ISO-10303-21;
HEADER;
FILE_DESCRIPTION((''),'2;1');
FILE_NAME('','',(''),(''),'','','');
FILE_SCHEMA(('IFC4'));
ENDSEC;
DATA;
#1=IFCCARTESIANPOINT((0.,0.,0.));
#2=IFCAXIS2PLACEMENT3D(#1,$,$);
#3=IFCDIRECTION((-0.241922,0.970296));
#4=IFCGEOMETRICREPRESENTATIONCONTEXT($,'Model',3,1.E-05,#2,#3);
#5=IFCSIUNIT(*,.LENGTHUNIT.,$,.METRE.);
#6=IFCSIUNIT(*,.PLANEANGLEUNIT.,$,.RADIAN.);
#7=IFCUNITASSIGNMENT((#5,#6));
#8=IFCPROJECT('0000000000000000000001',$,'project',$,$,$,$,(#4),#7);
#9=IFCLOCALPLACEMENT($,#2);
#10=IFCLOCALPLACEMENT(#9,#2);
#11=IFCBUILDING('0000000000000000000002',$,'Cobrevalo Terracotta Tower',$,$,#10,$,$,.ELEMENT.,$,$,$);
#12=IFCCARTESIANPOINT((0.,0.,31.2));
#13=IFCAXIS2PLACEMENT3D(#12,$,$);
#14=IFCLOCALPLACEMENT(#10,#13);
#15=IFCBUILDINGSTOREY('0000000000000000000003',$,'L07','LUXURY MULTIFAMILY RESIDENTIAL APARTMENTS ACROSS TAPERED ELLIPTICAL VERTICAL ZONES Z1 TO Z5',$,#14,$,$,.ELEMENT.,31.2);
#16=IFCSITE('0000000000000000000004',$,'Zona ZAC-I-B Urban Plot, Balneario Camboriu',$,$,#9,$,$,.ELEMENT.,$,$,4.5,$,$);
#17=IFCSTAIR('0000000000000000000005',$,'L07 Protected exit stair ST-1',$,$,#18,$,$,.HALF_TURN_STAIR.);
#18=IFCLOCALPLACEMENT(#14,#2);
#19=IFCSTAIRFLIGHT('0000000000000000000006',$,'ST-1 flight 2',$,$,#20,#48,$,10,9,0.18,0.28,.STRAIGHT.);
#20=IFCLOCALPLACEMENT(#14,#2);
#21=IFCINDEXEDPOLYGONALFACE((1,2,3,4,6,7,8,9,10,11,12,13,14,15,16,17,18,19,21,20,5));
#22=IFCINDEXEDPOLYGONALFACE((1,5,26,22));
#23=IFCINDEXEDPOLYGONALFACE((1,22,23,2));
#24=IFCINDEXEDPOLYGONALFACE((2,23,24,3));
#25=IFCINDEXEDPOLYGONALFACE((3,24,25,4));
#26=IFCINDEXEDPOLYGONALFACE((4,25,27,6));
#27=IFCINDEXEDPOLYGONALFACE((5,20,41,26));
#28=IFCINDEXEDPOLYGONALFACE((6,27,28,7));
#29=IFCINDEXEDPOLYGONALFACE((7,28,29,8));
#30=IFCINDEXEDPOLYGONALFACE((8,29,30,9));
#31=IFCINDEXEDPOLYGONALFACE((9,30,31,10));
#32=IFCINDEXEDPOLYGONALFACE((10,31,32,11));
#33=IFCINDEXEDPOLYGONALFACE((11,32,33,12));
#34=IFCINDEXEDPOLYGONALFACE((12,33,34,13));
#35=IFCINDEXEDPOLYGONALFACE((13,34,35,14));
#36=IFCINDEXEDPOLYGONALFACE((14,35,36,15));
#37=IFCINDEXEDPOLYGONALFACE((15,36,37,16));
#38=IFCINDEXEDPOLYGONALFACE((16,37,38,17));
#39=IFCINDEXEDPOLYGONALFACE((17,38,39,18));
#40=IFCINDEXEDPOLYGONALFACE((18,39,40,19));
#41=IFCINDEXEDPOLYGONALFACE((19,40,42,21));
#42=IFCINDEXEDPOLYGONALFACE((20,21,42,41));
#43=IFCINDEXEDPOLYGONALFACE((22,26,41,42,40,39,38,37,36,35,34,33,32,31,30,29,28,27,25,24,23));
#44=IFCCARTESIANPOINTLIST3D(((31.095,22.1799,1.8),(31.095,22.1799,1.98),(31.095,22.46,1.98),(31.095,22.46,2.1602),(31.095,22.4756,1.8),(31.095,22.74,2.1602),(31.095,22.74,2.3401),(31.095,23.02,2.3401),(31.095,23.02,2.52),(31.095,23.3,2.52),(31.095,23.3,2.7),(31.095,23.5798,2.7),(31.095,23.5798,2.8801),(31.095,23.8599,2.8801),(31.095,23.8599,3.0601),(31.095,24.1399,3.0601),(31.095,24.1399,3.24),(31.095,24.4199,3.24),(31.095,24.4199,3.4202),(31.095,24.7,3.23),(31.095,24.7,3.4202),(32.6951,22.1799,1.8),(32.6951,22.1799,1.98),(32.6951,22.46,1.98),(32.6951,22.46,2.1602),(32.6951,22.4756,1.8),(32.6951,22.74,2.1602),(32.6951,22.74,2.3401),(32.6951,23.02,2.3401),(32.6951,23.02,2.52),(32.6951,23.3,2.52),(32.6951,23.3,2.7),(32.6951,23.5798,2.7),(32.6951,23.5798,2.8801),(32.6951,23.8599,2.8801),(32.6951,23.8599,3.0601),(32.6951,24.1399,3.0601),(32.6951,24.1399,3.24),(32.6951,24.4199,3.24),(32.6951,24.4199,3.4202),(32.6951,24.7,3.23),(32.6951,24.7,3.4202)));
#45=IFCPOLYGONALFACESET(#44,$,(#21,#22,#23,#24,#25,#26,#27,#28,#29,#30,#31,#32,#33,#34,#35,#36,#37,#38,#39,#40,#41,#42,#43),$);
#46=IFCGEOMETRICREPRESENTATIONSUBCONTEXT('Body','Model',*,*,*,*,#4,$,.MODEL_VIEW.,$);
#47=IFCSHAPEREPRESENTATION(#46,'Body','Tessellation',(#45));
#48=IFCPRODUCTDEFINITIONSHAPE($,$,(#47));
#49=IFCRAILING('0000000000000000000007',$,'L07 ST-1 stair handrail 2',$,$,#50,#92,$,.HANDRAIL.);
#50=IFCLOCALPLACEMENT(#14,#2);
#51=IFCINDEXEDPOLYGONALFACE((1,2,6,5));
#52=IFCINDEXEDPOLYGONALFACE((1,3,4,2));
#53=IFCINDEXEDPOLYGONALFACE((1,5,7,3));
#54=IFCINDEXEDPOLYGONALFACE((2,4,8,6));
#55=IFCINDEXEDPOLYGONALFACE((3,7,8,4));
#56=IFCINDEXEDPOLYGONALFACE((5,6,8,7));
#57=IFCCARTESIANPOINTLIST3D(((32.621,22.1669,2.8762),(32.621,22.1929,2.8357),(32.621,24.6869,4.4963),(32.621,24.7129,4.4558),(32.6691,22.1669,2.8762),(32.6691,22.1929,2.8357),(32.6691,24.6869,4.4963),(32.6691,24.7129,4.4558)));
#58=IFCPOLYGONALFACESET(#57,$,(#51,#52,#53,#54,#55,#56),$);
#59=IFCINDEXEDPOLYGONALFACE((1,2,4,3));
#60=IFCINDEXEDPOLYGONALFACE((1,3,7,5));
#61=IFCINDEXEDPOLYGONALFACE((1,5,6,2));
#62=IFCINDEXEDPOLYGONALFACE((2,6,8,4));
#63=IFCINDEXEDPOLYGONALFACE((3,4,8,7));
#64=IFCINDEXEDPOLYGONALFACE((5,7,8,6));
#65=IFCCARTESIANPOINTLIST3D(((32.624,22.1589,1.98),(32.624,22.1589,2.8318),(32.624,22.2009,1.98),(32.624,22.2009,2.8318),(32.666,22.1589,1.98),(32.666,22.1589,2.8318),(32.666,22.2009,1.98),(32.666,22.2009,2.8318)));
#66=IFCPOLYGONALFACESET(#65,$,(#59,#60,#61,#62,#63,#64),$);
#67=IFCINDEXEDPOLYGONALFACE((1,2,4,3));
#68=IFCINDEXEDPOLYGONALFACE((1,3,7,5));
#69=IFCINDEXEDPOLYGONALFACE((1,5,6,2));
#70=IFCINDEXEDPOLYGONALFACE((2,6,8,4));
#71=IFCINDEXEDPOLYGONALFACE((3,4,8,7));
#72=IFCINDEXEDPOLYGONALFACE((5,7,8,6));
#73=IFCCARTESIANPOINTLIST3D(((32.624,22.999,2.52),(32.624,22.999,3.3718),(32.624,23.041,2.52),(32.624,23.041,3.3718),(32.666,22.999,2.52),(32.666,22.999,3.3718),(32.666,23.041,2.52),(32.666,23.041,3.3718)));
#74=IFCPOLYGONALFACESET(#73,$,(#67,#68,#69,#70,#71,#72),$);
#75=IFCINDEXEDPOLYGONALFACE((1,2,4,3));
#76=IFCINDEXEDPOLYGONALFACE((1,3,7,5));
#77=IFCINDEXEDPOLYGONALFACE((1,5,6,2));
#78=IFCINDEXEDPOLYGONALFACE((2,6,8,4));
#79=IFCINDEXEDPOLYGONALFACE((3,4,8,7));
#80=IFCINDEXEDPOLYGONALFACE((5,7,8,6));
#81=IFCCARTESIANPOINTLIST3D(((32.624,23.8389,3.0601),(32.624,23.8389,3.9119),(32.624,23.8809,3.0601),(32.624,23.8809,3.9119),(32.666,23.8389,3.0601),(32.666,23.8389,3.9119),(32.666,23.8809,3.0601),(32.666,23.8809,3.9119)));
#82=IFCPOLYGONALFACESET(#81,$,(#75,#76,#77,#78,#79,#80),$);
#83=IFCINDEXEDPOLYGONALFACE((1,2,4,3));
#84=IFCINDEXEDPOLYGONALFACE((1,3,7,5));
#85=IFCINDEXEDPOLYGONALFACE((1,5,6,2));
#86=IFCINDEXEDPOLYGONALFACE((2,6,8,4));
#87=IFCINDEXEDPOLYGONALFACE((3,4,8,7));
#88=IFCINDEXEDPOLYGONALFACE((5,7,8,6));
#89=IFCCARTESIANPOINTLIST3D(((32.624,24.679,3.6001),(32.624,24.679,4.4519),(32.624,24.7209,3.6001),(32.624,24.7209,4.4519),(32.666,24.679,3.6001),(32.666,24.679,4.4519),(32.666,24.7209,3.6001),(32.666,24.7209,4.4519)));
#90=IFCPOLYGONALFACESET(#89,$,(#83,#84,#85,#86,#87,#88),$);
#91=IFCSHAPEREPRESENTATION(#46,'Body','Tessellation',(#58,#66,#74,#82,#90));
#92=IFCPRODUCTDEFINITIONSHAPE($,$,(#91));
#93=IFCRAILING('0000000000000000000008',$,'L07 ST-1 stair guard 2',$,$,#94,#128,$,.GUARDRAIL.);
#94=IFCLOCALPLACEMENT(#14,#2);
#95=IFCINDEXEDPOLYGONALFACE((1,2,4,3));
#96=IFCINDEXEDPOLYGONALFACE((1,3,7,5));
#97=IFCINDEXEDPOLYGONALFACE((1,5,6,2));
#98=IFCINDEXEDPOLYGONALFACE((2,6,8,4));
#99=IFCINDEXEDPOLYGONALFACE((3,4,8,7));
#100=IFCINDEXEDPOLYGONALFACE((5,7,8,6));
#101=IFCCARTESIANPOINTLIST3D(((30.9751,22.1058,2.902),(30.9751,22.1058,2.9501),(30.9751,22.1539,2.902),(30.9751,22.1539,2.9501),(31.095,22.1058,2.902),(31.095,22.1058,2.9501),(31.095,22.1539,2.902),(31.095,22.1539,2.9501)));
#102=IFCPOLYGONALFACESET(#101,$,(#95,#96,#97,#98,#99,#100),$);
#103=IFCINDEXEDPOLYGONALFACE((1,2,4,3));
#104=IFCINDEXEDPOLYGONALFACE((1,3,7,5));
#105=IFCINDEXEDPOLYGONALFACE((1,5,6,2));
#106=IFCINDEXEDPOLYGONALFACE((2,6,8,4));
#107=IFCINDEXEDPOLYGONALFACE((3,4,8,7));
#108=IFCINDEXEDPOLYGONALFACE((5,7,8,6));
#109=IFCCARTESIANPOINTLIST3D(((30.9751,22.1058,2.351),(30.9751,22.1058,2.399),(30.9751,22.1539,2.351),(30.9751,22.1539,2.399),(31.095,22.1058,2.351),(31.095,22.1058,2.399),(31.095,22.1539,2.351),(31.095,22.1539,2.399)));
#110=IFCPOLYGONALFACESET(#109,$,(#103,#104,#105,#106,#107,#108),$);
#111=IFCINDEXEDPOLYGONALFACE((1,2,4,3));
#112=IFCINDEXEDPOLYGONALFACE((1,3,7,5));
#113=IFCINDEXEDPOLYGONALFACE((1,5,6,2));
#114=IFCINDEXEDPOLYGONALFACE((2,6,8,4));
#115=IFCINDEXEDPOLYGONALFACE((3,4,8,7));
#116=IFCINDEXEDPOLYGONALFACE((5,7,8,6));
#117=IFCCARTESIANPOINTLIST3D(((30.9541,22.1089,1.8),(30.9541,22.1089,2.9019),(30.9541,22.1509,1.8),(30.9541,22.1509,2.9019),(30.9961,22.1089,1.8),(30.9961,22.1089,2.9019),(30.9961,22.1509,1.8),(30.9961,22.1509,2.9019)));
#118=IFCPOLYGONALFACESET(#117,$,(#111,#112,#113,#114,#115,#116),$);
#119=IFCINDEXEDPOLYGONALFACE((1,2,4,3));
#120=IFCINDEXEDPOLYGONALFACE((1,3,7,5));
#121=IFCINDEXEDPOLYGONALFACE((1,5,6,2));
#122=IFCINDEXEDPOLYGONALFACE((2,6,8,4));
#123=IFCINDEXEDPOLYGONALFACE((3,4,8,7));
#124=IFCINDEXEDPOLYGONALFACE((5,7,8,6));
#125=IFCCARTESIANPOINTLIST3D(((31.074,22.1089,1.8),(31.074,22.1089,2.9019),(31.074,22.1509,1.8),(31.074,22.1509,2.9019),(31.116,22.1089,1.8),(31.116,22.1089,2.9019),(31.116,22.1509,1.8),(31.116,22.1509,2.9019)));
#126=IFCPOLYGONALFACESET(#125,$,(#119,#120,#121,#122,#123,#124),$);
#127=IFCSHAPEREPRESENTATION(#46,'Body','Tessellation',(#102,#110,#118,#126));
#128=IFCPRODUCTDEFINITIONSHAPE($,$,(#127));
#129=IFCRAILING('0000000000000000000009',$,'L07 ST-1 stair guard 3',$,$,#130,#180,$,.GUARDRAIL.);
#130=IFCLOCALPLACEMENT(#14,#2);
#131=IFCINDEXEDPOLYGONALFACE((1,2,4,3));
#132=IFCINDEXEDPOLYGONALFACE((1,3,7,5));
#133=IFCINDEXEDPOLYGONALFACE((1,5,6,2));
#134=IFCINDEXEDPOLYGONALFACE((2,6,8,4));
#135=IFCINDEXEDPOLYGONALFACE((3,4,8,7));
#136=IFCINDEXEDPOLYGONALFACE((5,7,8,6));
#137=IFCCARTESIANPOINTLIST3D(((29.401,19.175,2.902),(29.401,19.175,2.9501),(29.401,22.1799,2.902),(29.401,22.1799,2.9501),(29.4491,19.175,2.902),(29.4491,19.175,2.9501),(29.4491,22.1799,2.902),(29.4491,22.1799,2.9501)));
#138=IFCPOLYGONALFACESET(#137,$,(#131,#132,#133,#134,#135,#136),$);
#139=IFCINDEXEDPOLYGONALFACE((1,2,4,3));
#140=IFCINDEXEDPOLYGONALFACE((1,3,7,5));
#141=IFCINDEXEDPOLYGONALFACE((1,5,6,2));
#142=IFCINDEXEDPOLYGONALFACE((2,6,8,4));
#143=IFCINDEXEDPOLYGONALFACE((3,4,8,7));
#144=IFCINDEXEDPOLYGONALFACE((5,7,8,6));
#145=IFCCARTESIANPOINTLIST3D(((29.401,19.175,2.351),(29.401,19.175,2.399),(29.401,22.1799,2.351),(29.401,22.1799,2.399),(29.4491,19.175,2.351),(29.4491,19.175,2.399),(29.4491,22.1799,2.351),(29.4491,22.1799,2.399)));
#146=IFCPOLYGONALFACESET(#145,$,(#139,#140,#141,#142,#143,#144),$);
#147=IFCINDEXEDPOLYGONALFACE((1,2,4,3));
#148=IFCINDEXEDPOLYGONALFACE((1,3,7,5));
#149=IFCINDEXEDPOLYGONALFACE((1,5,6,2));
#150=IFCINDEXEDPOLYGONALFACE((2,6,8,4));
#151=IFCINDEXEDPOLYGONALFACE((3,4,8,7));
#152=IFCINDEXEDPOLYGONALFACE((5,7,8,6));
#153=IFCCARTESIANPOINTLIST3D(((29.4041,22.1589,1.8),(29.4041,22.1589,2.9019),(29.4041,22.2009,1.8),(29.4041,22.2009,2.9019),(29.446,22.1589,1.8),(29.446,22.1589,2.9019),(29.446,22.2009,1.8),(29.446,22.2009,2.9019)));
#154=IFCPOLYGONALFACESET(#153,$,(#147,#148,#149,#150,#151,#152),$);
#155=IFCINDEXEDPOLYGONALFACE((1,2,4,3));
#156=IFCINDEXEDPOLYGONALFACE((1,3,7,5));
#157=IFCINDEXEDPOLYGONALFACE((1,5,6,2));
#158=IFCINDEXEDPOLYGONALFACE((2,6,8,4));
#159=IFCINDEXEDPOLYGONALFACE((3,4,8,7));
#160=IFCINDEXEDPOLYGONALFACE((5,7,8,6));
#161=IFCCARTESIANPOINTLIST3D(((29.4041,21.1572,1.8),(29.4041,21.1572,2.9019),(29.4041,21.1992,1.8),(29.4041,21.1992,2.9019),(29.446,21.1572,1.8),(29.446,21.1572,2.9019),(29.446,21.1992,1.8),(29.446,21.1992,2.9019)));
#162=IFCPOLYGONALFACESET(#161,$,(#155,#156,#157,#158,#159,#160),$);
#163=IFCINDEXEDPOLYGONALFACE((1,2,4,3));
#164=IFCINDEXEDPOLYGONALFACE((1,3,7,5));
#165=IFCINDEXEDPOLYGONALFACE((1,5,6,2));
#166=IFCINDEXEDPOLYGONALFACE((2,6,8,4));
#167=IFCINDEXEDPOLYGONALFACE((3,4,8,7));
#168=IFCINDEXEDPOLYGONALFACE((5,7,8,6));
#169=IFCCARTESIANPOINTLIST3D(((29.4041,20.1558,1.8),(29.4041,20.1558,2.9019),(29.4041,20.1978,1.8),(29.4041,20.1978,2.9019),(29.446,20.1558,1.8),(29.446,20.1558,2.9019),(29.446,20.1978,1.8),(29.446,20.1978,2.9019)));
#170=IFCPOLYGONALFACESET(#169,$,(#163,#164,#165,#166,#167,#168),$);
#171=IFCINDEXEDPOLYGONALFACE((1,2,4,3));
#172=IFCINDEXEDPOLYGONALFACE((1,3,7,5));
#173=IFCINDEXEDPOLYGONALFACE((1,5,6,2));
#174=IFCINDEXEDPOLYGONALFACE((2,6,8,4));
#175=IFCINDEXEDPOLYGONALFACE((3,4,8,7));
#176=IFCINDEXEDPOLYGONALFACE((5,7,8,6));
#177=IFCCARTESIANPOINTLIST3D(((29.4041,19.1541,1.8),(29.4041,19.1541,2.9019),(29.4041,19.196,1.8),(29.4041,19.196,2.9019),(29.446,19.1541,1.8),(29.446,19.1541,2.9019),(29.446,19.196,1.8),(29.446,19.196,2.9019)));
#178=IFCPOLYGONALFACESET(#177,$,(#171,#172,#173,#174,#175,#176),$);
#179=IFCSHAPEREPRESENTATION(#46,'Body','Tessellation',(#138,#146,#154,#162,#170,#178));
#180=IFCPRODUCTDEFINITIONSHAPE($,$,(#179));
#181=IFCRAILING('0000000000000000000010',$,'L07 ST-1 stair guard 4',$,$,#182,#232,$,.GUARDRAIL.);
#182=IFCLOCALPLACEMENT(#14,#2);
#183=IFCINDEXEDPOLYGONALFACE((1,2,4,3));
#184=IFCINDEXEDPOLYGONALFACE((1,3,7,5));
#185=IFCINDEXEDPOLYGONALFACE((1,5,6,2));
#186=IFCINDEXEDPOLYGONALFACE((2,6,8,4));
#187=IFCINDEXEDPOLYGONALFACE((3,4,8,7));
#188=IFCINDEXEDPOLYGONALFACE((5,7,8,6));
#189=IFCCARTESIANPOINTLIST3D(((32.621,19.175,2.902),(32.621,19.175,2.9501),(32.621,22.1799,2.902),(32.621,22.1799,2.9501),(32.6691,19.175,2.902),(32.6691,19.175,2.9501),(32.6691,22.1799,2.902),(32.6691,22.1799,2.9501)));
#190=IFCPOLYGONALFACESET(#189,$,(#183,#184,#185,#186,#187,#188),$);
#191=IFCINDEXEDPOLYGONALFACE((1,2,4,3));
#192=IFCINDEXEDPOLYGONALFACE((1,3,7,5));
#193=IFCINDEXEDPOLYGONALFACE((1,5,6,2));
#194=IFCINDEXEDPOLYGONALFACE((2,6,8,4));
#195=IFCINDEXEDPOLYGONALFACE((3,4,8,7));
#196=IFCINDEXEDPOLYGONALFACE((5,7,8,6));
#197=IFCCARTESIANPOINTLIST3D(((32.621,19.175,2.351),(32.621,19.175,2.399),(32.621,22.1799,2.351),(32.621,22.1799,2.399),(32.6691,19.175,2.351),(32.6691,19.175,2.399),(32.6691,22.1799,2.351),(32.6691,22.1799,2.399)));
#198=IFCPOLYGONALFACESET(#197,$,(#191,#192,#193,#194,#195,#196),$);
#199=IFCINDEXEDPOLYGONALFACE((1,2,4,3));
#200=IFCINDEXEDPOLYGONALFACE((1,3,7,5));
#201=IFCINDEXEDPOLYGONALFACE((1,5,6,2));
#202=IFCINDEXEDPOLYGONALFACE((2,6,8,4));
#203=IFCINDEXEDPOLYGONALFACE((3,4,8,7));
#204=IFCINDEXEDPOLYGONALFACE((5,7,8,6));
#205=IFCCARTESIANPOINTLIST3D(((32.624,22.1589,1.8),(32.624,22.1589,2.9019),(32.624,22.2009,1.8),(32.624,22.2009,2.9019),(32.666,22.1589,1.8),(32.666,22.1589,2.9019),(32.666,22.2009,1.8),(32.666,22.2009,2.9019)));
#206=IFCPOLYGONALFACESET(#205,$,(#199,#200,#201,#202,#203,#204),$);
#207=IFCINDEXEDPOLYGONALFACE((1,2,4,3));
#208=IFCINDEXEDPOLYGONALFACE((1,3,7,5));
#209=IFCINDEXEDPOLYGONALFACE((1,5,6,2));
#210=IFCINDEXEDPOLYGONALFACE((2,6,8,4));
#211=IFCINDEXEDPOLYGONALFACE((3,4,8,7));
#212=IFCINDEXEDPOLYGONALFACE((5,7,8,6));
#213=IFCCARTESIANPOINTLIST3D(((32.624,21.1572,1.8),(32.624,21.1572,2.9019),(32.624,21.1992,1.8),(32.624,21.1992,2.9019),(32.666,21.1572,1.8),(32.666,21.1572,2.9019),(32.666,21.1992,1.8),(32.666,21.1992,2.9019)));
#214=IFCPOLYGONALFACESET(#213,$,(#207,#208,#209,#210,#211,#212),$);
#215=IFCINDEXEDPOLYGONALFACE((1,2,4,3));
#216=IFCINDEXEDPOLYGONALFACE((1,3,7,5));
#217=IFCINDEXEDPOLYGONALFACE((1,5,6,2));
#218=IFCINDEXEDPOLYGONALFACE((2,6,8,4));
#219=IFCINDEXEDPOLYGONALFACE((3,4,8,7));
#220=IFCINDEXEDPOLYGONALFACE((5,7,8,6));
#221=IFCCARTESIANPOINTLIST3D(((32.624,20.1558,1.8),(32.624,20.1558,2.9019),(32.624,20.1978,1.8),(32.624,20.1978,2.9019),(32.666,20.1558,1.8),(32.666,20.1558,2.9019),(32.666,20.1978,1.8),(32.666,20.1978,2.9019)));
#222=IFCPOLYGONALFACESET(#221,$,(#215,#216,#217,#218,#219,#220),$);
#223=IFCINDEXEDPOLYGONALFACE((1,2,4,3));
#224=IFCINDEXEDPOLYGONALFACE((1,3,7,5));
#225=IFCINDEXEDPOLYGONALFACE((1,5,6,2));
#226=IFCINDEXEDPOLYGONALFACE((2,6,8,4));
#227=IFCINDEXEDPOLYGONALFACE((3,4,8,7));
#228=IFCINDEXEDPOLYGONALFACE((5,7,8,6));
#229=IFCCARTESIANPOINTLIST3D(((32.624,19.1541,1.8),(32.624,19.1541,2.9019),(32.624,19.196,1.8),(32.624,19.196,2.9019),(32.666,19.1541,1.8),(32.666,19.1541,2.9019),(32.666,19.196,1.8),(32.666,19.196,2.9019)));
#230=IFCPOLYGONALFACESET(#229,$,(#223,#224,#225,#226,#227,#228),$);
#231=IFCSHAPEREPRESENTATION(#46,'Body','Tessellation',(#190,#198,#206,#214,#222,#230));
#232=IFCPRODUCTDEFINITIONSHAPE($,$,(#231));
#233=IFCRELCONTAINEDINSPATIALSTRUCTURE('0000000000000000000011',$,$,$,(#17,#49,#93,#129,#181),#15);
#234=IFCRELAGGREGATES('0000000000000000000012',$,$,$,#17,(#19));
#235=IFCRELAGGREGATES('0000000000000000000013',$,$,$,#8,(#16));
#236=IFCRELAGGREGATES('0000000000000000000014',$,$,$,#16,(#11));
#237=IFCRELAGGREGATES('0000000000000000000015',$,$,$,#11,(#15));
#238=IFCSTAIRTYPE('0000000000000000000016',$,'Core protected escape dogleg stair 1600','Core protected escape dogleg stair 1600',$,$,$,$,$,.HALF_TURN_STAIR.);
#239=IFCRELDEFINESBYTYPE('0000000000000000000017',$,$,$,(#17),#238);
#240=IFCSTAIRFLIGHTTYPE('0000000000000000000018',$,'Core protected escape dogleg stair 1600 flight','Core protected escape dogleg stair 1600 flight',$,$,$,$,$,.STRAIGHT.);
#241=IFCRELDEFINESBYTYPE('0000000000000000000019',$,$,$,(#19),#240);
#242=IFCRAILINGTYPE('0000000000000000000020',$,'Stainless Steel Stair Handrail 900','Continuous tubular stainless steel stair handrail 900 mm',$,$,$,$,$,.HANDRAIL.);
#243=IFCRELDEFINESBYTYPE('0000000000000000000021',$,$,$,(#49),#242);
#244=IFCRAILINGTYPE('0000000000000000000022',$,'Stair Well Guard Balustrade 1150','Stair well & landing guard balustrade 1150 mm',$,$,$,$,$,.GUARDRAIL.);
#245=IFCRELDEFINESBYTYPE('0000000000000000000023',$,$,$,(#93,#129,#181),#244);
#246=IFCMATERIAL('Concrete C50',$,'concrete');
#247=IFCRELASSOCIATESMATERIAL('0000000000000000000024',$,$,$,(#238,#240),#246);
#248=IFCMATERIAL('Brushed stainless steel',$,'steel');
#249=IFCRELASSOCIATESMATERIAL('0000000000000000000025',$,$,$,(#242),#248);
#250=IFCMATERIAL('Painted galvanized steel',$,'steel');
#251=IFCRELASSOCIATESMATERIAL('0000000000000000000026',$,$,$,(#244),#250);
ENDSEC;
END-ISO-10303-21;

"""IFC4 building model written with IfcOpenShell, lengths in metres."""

from ifc_helpers import new_model, si_unit, direction, frame, origin, origin_2d, place, context, subcontext, project, spatial, polyline, rectangle, outline, extrude, material, type_object, element, aggregate, save


model = new_model("IFC4")

# Units and contexts
model_context = context("Model", 3, precision=1e-05, world=origin(), true_north=direction((-0.241922, 0.970296)))
body_context = subcontext(model_context, "Body", "Model", "MODEL_VIEW")
ifc_project = project(units=[si_unit("LENGTHUNIT", "METRE"), si_unit("PLANEANGLEUNIT", "RADIAN")], contexts=[model_context])

# Site, building, storey
site_placement = place(None, origin())
site = spatial("IfcSite", under=ifc_project, at=site_placement, Name="Zona ZAC-I-B Urban Plot, Balneario Camboriu", CompositionType="ELEMENT", RefElevation=4.5)
building_placement = place(site_placement, origin())
building = spatial("IfcBuilding", under=site, at=building_placement, Name="Cobrevalo Terracotta Tower", CompositionType="ELEMENT")
storey_placement = place(building_placement, frame((0.0, 0.0, 31.2)))
storey = spatial("IfcBuildingStorey", under=building, at=storey_placement, Name="L07", Description="LUXURY MULTIFAMILY RESIDENTIAL APARTMENTS ACROSS TAPERED ELLIPTICAL VERTICAL ZONES Z1 TO Z5", CompositionType="ELEMENT", Elevation=31.2)

# Shared definitions
ifc_material_1 = material(Name="Concrete C50", Category="concrete")

# Stair, stair flight
stair_type = type_object("IfcStairType", Name="Core protected escape dogleg stair 1600", Description="Core protected escape dogleg stair 1600", PredefinedType="HALF_TURN_STAIR", material=ifc_material_1)
stair_placement = place(storey_placement, origin())
stair = element("IfcStair", 1, at=stair_placement, inside=storey, type_object=stair_type, Name="L07 Protected exit stair ST-1", PredefinedType="HALF_TURN_STAIR")
stair_flight_type = type_object("IfcStairFlightType", Name="Core protected escape dogleg stair 1600 flight", Description="Core protected escape dogleg stair 1600 flight", PredefinedType="STRAIGHT", material=ifc_material_1)
stair_flight_placement = place(storey_placement, frame((31.895, 22.1799, 1.8), z_axis=(0.0, 0.0, 1.0), x_axis=(0.0, 1.0, 0.0)))
stair_flight = element("IfcStairFlight", 2, at=stair_flight_placement, type_object=stair_flight_type, Name="ST-1 flight 2", NumberOfRisers=10, NumberOfTreads=9, PredefinedType="STRAIGHT", RiserHeight=0.18, TreadLength=0.28, context=body_context, shape_type="SweptSolid", body=[
    extrude(outline(polyline([(0.0, 0.0), (0.0, 0.1799), (0.28, 0.1799), (0.28, 0.3601), (0.5601, 0.3601), (0.5601, 0.54), (0.8401, 0.54), (0.8401, 0.72), (1.1201, 0.72), (1.1201, 0.8999), (1.3999, 0.8999), (1.3999, 1.0801), (1.6799, 1.0801), (1.6799, 1.26), (1.96, 1.26), (1.96, 1.4399), (2.24, 1.4399), (2.24, 1.6201), (2.52, 1.6201), (2.52, 1.8), (2.52, 1.4299), (0.2957, 0.0), (0.0, 0.0)])), frame((0.0, 0.8, 0.0), z_axis=(0.0, -1.0, 0.0), x_axis=(1.0, 0.0, 0.0)), (0.0, 0.0, 1.0), 1.6001),
])
aggregate(stair, [stair_flight])

# Railings
ifc_material_2 = material(Name="Brushed stainless steel", Category="steel")
railing_type_1 = type_object("IfcRailingType", Name="Stainless Steel Stair Handrail 900", Description="Continuous tubular stainless steel stair handrail 900 mm", PredefinedType="HANDRAIL", material=ifc_material_2)
railing_1_placement = place(storey_placement, frame((32.645, 22.1799, 1.98)))
element("IfcRailing", 3, at=railing_1_placement, inside=storey, type_object=railing_type_1, Name="L07 ST-1 stair handrail 2", PredefinedType="HANDRAIL", context=body_context, shape_type="SweptSolid", body=[
    extrude(rectangle(XDim=0.0481, YDim=0.0481, at=origin_2d()), frame((0.0, 0.0, 0.876), z_axis=(0.0, 0.841163, 0.540782), x_axis=(-1.0, 0.0, 0.0)), (0.0, 0.0, 1.0), 2.9958),
    extrude(rectangle(XDim=0.042, YDim=0.042, at=origin_2d()), origin(), (0.0, 0.0, 1.0), 0.8518),
    extrude(rectangle(XDim=0.042, YDim=0.042, at=origin_2d()), frame((0.0, 0.8401, 0.54)), (0.0, 0.0, 1.0), 0.8518),
    extrude(rectangle(XDim=0.042, YDim=0.042, at=origin_2d()), frame((0.0, 1.6799, 1.0801)), (0.0, 0.0, 1.0), 0.8518),
    extrude(rectangle(XDim=0.042, YDim=0.042, at=origin_2d()), frame((0.0, 2.52, 1.6201)), (0.0, 0.0, 1.0), 0.8518),
])
ifc_material_3 = material(Name="Painted galvanized steel", Category="steel")
railing_type_2 = type_object("IfcRailingType", Name="Stair Well Guard Balustrade 1150", Description="Stair well & landing guard balustrade 1150 mm", PredefinedType="GUARDRAIL", material=ifc_material_3)
railing_2_placement = place(storey_placement, frame((30.9751, 22.1299, 1.8)))
element("IfcRailing", 4, at=railing_2_placement, inside=storey, type_object=railing_type_2, Name="L07 ST-1 stair guard 2", PredefinedType="GUARDRAIL", context=body_context, shape_type="SweptSolid", body=[
    extrude(rectangle(XDim=0.0481, YDim=0.0481, at=origin_2d()), frame((0.0, 0.0, 1.126), z_axis=(1.0, 0.0, 0.0), x_axis=(0.0, 1.0, 0.0)), (0.0, 0.0, 1.0), 0.1199),
    extrude(rectangle(XDim=0.0481, YDim=0.0481, at=origin_2d()), frame((0.0, 0.0, 0.575), z_axis=(1.0, 0.0, 0.0), x_axis=(0.0, 1.0, 0.0)), (0.0, 0.0, 1.0), 0.1199),
    extrude(rectangle(XDim=0.042, YDim=0.042, at=origin_2d()), origin(), (0.0, 0.0, 1.0), 1.1018),
    extrude(rectangle(XDim=0.042, YDim=0.042, at=origin_2d()), frame((0.1199, 0.0, 0.0)), (0.0, 0.0, 1.0), 1.1018),
])
for number, where, name in (
    (5, (29.425, 22.1799, 1.8), "L07 ST-1 stair guard 3"),
    (6, (32.645, 22.1799, 1.8), "L07 ST-1 stair guard 4"),
):
    element("IfcRailing", number, at=place(storey_placement, frame(where)), inside=storey, type_object=railing_type_2, Name=name, PredefinedType="GUARDRAIL", context=body_context, shape_type="SweptSolid", body=[
        extrude(rectangle(XDim=0.0481, YDim=0.0481, at=origin_2d()), frame((0.0, 0.0, 1.126), z_axis=(0.0, -1.0, 0.0), x_axis=(1.0, 0.0, 0.0)), (0.0, 0.0, 1.0), 3.0049),
        extrude(rectangle(XDim=0.0481, YDim=0.0481, at=origin_2d()), frame((0.0, 0.0, 0.575), z_axis=(0.0, -1.0, 0.0), x_axis=(1.0, 0.0, 0.0)), (0.0, 0.0, 1.0), 3.0049),
        extrude(rectangle(XDim=0.042, YDim=0.042, at=origin_2d()), origin(), (0.0, 0.0, 1.0), 1.1018),
        extrude(rectangle(XDim=0.042, YDim=0.042, at=origin_2d()), frame((0.0, -1.0017, 0.0)), (0.0, 0.0, 1.0), 1.1018),
        extrude(rectangle(XDim=0.042, YDim=0.042, at=origin_2d()), frame((0.0, -2.0032, 0.0)), (0.0, 0.0, 1.0), 1.1018),
        extrude(rectangle(XDim=0.042, YDim=0.042, at=origin_2d()), frame((0.0, -3.0049, 0.0)), (0.0, 0.0, 1.0), 1.1018),
    ])

save(model, "model.ifc")
